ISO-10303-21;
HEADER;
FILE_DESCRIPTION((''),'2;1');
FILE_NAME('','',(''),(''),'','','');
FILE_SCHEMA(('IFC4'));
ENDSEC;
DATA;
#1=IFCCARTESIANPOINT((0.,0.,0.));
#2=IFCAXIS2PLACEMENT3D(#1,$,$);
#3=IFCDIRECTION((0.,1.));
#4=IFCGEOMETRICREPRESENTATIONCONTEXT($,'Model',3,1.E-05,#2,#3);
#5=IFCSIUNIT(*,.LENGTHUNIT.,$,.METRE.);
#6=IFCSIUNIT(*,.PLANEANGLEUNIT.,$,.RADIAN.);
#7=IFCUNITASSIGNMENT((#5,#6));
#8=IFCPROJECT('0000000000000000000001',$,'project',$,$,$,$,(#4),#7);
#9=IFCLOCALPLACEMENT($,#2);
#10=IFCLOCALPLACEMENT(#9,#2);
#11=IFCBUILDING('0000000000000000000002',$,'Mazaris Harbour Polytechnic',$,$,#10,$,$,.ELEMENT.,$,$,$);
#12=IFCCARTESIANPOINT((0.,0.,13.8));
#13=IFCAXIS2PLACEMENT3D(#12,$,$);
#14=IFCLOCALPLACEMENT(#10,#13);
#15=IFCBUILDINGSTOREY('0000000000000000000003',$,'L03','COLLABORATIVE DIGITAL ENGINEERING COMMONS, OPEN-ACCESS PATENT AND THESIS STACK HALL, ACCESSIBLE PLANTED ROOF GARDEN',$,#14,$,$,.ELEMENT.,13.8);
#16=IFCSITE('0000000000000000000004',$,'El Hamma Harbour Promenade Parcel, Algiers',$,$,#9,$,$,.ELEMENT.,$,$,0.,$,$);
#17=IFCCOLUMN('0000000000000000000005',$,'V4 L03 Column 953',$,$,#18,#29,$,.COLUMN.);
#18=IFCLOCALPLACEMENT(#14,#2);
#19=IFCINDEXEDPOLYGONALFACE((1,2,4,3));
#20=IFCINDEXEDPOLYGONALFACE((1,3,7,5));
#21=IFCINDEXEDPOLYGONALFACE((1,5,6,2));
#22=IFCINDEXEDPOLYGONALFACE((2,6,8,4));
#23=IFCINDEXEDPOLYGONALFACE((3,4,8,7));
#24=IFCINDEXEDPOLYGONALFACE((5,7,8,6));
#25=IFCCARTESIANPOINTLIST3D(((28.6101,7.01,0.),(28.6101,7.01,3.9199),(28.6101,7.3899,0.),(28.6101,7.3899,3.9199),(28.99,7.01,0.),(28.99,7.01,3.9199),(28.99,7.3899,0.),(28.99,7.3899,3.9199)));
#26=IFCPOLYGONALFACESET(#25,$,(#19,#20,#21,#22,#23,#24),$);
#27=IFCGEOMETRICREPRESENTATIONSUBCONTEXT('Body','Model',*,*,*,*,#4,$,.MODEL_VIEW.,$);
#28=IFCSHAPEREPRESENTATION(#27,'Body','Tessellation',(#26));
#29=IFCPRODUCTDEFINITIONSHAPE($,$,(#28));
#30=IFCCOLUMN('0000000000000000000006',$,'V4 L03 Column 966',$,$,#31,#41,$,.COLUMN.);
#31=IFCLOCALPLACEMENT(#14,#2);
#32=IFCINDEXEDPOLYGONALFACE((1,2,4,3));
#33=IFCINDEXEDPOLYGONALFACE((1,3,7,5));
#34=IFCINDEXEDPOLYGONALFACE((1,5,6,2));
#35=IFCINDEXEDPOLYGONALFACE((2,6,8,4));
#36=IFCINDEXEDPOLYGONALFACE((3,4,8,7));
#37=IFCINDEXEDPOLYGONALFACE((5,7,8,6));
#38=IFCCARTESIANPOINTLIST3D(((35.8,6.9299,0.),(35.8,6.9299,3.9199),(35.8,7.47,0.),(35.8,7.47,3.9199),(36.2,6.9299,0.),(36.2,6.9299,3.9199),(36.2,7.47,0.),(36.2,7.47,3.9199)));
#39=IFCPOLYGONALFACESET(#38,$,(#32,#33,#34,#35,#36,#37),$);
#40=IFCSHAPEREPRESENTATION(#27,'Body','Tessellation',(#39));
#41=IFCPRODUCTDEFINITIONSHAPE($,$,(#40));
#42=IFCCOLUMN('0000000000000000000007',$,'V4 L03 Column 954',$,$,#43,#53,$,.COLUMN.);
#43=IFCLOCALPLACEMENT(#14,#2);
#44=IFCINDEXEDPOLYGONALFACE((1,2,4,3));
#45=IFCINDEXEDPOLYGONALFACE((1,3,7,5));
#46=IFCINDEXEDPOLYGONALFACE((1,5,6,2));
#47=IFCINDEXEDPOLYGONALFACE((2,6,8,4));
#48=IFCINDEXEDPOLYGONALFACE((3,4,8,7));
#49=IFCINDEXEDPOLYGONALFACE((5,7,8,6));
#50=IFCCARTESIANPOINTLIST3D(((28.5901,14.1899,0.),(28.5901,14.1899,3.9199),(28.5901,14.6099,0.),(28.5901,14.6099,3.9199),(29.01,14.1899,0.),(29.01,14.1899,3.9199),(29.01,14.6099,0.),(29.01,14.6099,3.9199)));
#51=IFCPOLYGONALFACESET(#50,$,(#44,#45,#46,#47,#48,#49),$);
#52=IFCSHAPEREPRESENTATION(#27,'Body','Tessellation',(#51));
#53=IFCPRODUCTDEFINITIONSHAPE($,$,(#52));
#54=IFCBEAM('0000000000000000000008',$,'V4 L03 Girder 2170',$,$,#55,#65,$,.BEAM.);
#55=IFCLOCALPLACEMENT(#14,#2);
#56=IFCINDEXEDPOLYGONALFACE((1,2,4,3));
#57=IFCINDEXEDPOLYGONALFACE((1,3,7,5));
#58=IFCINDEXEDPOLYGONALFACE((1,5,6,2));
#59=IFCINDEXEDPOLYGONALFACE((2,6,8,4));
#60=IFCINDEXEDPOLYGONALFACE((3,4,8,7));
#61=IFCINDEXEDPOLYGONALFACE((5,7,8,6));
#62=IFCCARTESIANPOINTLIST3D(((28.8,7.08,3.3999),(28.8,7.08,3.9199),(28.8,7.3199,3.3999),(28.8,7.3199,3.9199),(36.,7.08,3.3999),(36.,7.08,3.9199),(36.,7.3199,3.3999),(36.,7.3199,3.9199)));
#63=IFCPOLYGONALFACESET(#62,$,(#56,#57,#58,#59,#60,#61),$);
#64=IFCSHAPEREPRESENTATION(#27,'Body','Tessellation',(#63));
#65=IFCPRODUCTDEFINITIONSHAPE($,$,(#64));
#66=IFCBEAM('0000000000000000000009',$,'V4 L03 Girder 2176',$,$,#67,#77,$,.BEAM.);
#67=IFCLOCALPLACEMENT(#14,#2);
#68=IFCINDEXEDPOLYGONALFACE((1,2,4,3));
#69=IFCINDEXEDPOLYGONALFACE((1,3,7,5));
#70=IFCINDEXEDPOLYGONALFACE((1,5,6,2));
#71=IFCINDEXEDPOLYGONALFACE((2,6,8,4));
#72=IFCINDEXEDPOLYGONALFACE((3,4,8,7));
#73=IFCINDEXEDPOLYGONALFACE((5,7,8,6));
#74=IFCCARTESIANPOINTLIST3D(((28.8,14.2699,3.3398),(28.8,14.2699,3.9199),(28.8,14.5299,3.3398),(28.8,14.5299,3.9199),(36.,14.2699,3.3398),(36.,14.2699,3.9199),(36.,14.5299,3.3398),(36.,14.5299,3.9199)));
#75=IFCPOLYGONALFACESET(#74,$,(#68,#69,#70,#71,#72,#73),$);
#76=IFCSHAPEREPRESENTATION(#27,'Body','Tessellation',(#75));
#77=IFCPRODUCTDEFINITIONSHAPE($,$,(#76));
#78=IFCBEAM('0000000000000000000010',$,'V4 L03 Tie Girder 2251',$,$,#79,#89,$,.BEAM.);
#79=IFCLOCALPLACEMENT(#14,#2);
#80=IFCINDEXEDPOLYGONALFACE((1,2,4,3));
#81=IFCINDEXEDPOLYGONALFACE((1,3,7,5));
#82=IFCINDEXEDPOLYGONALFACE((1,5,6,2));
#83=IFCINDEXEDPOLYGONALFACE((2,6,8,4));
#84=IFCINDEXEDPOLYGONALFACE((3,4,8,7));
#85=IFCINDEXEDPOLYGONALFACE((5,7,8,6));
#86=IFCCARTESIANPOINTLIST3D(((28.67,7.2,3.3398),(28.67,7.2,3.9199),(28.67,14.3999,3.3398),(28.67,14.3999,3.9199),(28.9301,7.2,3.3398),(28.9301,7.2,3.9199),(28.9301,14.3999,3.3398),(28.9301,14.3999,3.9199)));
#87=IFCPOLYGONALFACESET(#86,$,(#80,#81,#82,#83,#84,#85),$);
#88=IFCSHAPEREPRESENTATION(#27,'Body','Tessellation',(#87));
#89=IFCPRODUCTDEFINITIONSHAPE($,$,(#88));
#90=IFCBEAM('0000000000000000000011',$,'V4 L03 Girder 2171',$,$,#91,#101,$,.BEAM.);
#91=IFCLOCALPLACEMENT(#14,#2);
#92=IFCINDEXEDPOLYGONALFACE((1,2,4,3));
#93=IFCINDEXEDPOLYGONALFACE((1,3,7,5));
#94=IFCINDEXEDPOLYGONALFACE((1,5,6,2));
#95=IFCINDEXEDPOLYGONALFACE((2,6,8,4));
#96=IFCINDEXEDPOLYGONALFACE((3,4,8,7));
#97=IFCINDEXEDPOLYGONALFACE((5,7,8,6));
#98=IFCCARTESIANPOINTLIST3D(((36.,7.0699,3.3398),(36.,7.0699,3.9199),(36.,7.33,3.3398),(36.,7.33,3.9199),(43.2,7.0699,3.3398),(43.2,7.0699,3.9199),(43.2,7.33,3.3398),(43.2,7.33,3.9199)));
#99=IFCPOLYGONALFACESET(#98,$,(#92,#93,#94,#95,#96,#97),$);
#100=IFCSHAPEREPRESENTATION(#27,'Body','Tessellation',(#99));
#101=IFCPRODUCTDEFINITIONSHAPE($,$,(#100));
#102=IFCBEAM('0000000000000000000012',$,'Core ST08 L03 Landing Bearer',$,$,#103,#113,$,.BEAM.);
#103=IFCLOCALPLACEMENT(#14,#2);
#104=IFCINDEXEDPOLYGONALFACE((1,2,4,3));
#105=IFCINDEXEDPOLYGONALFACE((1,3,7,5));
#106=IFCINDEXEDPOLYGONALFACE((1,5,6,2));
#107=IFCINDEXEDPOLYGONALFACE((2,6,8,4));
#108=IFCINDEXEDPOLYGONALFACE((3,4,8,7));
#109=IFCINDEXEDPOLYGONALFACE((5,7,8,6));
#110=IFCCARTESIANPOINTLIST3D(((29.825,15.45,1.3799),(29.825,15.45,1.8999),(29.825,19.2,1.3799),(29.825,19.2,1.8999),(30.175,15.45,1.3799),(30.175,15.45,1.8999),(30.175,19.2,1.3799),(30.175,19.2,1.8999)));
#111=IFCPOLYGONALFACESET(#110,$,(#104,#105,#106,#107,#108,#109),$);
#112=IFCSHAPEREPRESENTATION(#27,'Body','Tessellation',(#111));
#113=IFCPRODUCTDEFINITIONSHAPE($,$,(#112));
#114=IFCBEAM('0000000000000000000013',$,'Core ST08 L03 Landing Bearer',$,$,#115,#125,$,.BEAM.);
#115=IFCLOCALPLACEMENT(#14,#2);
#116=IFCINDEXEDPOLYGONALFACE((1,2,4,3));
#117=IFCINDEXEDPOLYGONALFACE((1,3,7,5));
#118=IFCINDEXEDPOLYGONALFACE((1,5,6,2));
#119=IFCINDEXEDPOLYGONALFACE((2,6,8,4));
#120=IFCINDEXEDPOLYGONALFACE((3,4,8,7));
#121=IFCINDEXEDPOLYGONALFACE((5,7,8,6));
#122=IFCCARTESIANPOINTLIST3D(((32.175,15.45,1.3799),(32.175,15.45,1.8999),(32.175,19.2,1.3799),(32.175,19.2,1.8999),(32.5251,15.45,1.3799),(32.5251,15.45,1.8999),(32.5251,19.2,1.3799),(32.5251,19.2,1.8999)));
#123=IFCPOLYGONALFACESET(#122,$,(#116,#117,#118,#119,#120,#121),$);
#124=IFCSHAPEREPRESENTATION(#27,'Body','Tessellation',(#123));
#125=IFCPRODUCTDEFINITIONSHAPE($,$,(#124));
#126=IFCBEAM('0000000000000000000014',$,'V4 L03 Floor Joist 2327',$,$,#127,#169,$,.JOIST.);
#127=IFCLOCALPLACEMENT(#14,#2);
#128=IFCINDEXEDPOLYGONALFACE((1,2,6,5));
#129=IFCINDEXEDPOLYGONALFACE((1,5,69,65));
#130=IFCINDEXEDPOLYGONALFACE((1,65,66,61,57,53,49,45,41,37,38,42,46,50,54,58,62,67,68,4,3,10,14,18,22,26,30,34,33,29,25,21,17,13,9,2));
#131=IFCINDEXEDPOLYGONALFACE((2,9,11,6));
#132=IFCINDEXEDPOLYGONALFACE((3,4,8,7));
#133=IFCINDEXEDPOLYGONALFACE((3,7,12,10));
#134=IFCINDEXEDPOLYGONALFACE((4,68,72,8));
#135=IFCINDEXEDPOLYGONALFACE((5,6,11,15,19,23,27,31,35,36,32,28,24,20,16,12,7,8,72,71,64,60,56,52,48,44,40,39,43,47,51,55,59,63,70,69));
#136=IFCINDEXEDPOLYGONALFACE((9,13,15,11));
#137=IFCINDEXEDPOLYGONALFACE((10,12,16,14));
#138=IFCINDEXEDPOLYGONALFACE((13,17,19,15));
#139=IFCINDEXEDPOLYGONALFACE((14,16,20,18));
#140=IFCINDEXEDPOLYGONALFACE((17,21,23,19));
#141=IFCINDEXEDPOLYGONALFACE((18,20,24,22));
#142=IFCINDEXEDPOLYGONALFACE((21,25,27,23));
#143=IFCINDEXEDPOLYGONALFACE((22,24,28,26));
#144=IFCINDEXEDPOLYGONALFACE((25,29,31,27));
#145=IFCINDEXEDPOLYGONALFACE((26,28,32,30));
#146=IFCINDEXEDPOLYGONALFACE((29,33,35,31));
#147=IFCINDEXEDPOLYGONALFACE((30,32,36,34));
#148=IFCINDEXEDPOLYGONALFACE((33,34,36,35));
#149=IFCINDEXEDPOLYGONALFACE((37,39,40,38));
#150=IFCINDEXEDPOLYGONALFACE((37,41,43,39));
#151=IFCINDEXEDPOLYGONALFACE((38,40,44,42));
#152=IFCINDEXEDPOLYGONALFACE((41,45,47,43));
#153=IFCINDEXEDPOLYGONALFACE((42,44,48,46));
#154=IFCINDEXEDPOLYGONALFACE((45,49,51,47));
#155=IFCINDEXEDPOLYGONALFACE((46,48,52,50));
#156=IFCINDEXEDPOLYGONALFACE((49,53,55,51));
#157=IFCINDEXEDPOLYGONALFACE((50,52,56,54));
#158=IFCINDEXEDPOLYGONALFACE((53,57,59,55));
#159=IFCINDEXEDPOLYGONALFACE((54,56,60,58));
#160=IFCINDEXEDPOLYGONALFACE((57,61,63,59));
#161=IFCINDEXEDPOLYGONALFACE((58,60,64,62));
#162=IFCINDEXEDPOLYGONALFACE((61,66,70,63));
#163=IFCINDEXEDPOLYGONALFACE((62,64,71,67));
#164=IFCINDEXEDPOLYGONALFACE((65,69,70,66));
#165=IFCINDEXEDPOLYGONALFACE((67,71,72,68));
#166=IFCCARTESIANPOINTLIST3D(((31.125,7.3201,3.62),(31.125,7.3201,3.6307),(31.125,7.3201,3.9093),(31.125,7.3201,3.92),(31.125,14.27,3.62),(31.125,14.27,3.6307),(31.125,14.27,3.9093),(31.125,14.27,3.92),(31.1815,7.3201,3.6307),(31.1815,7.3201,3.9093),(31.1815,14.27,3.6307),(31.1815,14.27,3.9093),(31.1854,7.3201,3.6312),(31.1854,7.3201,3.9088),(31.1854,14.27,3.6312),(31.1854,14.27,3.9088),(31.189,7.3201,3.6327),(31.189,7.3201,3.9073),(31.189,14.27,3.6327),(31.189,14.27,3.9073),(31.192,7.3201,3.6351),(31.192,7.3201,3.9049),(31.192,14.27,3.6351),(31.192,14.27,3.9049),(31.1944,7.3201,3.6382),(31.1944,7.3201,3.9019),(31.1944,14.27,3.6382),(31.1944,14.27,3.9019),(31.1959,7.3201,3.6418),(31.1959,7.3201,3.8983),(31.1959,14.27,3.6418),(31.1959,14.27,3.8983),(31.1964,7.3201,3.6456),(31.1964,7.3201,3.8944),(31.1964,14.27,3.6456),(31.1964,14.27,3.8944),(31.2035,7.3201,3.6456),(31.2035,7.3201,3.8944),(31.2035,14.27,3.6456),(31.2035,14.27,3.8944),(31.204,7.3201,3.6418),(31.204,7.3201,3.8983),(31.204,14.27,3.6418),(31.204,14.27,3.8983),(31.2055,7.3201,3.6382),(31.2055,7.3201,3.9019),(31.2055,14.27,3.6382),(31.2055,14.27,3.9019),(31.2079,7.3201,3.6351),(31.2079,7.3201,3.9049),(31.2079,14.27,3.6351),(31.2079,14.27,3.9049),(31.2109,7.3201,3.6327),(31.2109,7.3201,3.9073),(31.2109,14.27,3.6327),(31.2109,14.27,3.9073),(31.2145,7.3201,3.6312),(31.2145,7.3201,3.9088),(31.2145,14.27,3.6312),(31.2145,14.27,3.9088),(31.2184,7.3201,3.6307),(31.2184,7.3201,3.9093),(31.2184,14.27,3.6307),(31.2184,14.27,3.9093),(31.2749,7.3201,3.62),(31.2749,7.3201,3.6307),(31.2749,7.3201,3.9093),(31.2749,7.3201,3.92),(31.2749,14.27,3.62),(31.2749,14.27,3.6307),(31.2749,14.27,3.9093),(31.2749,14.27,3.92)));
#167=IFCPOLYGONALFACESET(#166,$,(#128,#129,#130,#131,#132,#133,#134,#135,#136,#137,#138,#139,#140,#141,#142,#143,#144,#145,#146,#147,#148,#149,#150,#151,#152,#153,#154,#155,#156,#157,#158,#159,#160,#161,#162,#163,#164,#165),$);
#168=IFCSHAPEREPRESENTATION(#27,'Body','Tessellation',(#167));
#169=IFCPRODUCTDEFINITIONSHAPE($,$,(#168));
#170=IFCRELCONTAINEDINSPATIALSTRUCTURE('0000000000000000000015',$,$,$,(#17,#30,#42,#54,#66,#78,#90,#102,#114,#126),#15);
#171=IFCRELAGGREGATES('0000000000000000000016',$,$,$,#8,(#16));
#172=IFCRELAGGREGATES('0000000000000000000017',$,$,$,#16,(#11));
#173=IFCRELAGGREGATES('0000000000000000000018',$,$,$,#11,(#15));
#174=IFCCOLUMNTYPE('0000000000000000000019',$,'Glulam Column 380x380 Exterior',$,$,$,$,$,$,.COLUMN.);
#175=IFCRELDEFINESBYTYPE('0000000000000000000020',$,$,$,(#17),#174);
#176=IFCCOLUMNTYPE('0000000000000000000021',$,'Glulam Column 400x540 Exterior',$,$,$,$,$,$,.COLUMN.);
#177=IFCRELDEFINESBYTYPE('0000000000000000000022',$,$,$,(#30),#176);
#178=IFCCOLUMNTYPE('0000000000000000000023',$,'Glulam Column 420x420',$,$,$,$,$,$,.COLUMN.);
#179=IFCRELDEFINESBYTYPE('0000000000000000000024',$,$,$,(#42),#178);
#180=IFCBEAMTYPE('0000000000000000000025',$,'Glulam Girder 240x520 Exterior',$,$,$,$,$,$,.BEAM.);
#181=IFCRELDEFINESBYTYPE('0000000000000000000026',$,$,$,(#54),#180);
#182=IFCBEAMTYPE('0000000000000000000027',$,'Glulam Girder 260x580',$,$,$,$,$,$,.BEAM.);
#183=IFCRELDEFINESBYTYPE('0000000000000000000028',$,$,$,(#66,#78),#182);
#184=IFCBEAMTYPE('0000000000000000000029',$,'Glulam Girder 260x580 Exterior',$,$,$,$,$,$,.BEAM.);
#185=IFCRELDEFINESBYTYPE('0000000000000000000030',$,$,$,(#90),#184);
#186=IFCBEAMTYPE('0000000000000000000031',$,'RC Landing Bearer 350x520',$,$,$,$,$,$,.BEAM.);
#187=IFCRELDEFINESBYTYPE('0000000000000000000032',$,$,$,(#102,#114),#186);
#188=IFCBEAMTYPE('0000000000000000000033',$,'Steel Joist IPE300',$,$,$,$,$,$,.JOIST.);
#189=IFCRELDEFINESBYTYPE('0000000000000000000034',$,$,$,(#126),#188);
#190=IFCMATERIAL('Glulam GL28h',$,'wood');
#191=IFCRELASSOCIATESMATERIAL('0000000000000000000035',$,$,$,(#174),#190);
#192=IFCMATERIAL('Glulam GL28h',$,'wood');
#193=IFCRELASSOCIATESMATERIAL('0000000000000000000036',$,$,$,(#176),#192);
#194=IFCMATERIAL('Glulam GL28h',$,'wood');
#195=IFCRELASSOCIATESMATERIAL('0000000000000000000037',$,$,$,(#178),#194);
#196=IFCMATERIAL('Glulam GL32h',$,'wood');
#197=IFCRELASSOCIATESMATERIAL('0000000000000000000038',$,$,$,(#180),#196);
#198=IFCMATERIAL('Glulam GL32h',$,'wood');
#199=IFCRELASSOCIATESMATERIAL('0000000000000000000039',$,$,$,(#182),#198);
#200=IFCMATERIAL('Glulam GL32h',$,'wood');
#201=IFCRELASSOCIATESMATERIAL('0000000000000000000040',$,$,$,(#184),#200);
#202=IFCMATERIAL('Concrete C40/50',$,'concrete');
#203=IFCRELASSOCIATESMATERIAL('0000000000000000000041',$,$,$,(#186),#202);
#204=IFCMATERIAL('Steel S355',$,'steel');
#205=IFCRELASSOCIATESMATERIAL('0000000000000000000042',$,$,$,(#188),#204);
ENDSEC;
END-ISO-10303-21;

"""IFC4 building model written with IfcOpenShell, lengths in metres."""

from ifc_helpers import new_model, si_unit, direction, frame, origin, origin_2d, place, context, subcontext, project, spatial, rectangle, i_section, extrude, material, material_profile, profile_set, type_object, element, save


model = new_model("IFC4")

# Units and contexts
model_context = context("Model", 3, precision=1e-05, world=origin(), true_north=direction((0.0, 1.0)))
body_context = subcontext(model_context, "Body", "Model", "MODEL_VIEW")
ifc_project = project(units=[si_unit("LENGTHUNIT", "METRE"), si_unit("PLANEANGLEUNIT", "RADIAN")], contexts=[model_context])

# Site, building, storey
site_placement = place(None, origin())
site = spatial("IfcSite", under=ifc_project, at=site_placement, Name="El Hamma Harbour Promenade Parcel, Algiers", CompositionType="ELEMENT", RefElevation=0.0)
building_placement = place(site_placement, origin())
building = spatial("IfcBuilding", under=site, at=building_placement, Name="Mazaris Harbour Polytechnic", CompositionType="ELEMENT")
storey_placement = place(building_placement, frame((0.0, 0.0, 13.8)))
storey = spatial("IfcBuildingStorey", under=building, at=storey_placement, Name="L03", Description="COLLABORATIVE DIGITAL ENGINEERING COMMONS, OPEN-ACCESS PATENT AND THESIS STACK HALL, ACCESSIBLE PLANTED ROOF GARDEN", CompositionType="ELEMENT", Elevation=13.8)

# Columns
ifc_material_1 = material(Name="Glulam GL28h", Category="wood")
ifc_material_profile_1 = material_profile(ifc_material_1, rectangle(XDim=0.3799, YDim=0.3799, at=origin_2d()), Name="RECT380x380")
ifc_profile_set_1 = profile_set([ifc_material_profile_1], Name="Glulam GL28h")
column_type_1 = type_object("IfcColumnType", Name="Glulam Column 380x380 Exterior", PredefinedType="COLUMN", material=ifc_profile_set_1)
column_1_placement = place(storey_placement, frame((28.8, 7.2, 0.0), z_axis=(0.0, 0.0, 1.0), x_axis=(1.0, 0.0, 0.0)))
element("IfcColumn", 1, at=column_1_placement, inside=storey, type_object=column_type_1, Name="V4 L03 Column 953", PredefinedType="COLUMN", context=body_context, shape_type="SweptSolid", body=[
    extrude(rectangle(XDim=0.3799, YDim=0.3799, at=origin_2d()), origin(), (0.0, 0.0, 1.0), 3.9199),
])
ifc_material_2 = material(Name="Glulam GL28h", Category="wood")
ifc_material_profile_2 = material_profile(ifc_material_2, rectangle(XDim=0.3999, YDim=0.54, at=origin_2d()), Name="RECT400x540")
ifc_profile_set_2 = profile_set([ifc_material_profile_2], Name="Glulam GL28h")
column_type_2 = type_object("IfcColumnType", Name="Glulam Column 400x540 Exterior", PredefinedType="COLUMN", material=ifc_profile_set_2)
column_2_placement = place(storey_placement, frame((36.0, 7.2, 0.0), z_axis=(0.0, 0.0, 1.0), x_axis=(1.0, 0.0, 0.0)))
element("IfcColumn", 2, at=column_2_placement, inside=storey, type_object=column_type_2, Name="V4 L03 Column 966", PredefinedType="COLUMN", context=body_context, shape_type="SweptSolid", body=[
    extrude(rectangle(XDim=0.3999, YDim=0.54, at=origin_2d()), origin(), (0.0, 0.0, 1.0), 3.9199),
])
ifc_material_3 = material(Name="Glulam GL28h", Category="wood")
ifc_material_profile_3 = material_profile(ifc_material_3, rectangle(XDim=0.4199, YDim=0.4199, at=origin_2d()), Name="RECT420x420")
ifc_profile_set_3 = profile_set([ifc_material_profile_3], Name="Glulam GL28h")
column_type_3 = type_object("IfcColumnType", Name="Glulam Column 420x420", PredefinedType="COLUMN", material=ifc_profile_set_3)
column_3_placement = place(storey_placement, frame((28.8, 14.3999, 0.0), z_axis=(0.0, 0.0, 1.0), x_axis=(1.0, 0.0, 0.0)))
element("IfcColumn", 3, at=column_3_placement, inside=storey, type_object=column_type_3, Name="V4 L03 Column 954", PredefinedType="COLUMN", context=body_context, shape_type="SweptSolid", body=[
    extrude(rectangle(XDim=0.4199, YDim=0.4199, at=origin_2d()), origin(), (0.0, 0.0, 1.0), 3.9199),
])

# Beams
ifc_material_4 = material(Name="Glulam GL32h", Category="wood")
ifc_material_profile_4 = material_profile(ifc_material_4, rectangle(XDim=0.24, YDim=0.52, at=origin_2d()), Name="RECT240x520")
ifc_profile_set_4 = profile_set([ifc_material_profile_4], Name="Glulam GL32h")
beam_type_1 = type_object("IfcBeamType", Name="Glulam Girder 240x520 Exterior", PredefinedType="BEAM", material=ifc_profile_set_4)
beam_1_placement = place(storey_placement, frame((28.8, 7.2, 3.6599), z_axis=(1.0, 0.0, 0.0), x_axis=(0.0, 1.0, 0.0)))
element("IfcBeam", 4, at=beam_1_placement, inside=storey, type_object=beam_type_1, Name="V4 L03 Girder 2170", PredefinedType="BEAM", context=body_context, shape_type="SweptSolid", body=[
    extrude(rectangle(XDim=0.24, YDim=0.52, at=origin_2d()), origin(), (0.0, 0.0, 1.0), 7.2),
])
ifc_material_5 = material(Name="Glulam GL32h", Category="wood")
ifc_material_profile_5 = material_profile(ifc_material_5, rectangle(XDim=0.26, YDim=0.5801, at=origin_2d()), Name="RECT260x580")
ifc_profile_set_5 = profile_set([ifc_material_profile_5], Name="Glulam GL32h")
beam_type_2 = type_object("IfcBeamType", Name="Glulam Girder 260x580", PredefinedType="BEAM", material=ifc_profile_set_5)
for number, where, z_axis, x_axis, name in (
    (5, (28.8, 14.3999, 3.6299), (1.0, 0.0, 0.0), (0.0, 1.0, 0.0), "V4 L03 Girder 2176"),
    (6, (28.8, 7.2, 3.6299), (0.0, 1.0, 0.0), (-1.0, 0.0, 0.0), "V4 L03 Tie Girder 2251"),
):
    element("IfcBeam", number, at=place(storey_placement, frame(where, z_axis=z_axis, x_axis=x_axis)), inside=storey, type_object=beam_type_2, Name=name, PredefinedType="BEAM", context=body_context, shape_type="SweptSolid", body=[
        extrude(rectangle(XDim=0.26, YDim=0.5801, at=origin_2d()), origin(), (0.0, 0.0, 1.0), 7.2),
    ])
ifc_material_6 = material(Name="Glulam GL32h", Category="wood")
ifc_material_profile_6 = material_profile(ifc_material_6, rectangle(XDim=0.26, YDim=0.5801, at=origin_2d()), Name="RECT260x580")
ifc_profile_set_6 = profile_set([ifc_material_profile_6], Name="Glulam GL32h")
beam_type_3 = type_object("IfcBeamType", Name="Glulam Girder 260x580 Exterior", PredefinedType="BEAM", material=ifc_profile_set_6)
beam_2_placement = place(storey_placement, frame((36.0, 7.2, 3.6299), z_axis=(1.0, 0.0, 0.0), x_axis=(0.0, 1.0, 0.0)))
element("IfcBeam", 7, at=beam_2_placement, inside=storey, type_object=beam_type_3, Name="V4 L03 Girder 2171", PredefinedType="BEAM", context=body_context, shape_type="SweptSolid", body=[
    extrude(rectangle(XDim=0.26, YDim=0.5801, at=origin_2d()), origin(), (0.0, 0.0, 1.0), 7.2),
])
ifc_material_7 = material(Name="Concrete C40/50", Category="concrete")
ifc_material_profile_7 = material_profile(ifc_material_7, rectangle(XDim=0.3501, YDim=0.52, at=origin_2d()), Name="RECT350x520")
ifc_profile_set_7 = profile_set([ifc_material_profile_7], Name="Concrete C40/50")
beam_type_4 = type_object("IfcBeamType", Name="RC Landing Bearer 350x520", PredefinedType="BEAM", material=ifc_profile_set_7)
for number, where, z_axis, x_axis, name in (
    (8, (30.0, 15.45, 1.6399), (0.0, 1.0, 0.0), (-1.0, 0.0, 0.0), "Core ST08 L03 Landing Bearer"),
    (9, (32.3501, 15.45, 1.6399), (0.0, 1.0, 0.0), (-1.0, 0.0, 0.0), "Core ST08 L03 Landing Bearer"),
):
    element("IfcBeam", number, at=place(storey_placement, frame(where, z_axis=z_axis, x_axis=x_axis)), inside=storey, type_object=beam_type_4, Name=name, PredefinedType="BEAM", context=body_context, shape_type="SweptSolid", body=[
        extrude(rectangle(XDim=0.3501, YDim=0.52, at=origin_2d()), origin(), (0.0, 0.0, 1.0), 3.75),
    ])
ifc_material_8 = material(Name="Steel S355", Category="steel")
ifc_material_profile_8 = material_profile(ifc_material_8, i_section(OverallWidth=0.1499, OverallDepth=0.3, WebThickness=0.0071, FlangeThickness=0.0107, FilletRadius=0.0149, at=origin_2d()), Name="IPE 300")
ifc_profile_set_8 = profile_set([ifc_material_profile_8], Name="Steel S355")
beam_type_5 = type_object("IfcBeamType", Name="Steel Joist IPE300", PredefinedType="JOIST", material=ifc_profile_set_8)
beam_3_placement = place(storey_placement, frame((31.2, 7.3201, 3.77), z_axis=(0.0, 1.0, 0.0), x_axis=(-1.0, 0.0, 0.0)))
element("IfcBeam", 10, at=beam_3_placement, inside=storey, type_object=beam_type_5, Name="V4 L03 Floor Joist 2327", PredefinedType="JOIST", context=body_context, shape_type="SweptSolid", body=[
    extrude(i_section(OverallWidth=0.1499, OverallDepth=0.3, WebThickness=0.0071, FlangeThickness=0.0107, FilletRadius=0.0149, at=origin_2d()), origin(), (0.0, 0.0, 1.0), 6.95),
])

save(model, "model.ifc")
